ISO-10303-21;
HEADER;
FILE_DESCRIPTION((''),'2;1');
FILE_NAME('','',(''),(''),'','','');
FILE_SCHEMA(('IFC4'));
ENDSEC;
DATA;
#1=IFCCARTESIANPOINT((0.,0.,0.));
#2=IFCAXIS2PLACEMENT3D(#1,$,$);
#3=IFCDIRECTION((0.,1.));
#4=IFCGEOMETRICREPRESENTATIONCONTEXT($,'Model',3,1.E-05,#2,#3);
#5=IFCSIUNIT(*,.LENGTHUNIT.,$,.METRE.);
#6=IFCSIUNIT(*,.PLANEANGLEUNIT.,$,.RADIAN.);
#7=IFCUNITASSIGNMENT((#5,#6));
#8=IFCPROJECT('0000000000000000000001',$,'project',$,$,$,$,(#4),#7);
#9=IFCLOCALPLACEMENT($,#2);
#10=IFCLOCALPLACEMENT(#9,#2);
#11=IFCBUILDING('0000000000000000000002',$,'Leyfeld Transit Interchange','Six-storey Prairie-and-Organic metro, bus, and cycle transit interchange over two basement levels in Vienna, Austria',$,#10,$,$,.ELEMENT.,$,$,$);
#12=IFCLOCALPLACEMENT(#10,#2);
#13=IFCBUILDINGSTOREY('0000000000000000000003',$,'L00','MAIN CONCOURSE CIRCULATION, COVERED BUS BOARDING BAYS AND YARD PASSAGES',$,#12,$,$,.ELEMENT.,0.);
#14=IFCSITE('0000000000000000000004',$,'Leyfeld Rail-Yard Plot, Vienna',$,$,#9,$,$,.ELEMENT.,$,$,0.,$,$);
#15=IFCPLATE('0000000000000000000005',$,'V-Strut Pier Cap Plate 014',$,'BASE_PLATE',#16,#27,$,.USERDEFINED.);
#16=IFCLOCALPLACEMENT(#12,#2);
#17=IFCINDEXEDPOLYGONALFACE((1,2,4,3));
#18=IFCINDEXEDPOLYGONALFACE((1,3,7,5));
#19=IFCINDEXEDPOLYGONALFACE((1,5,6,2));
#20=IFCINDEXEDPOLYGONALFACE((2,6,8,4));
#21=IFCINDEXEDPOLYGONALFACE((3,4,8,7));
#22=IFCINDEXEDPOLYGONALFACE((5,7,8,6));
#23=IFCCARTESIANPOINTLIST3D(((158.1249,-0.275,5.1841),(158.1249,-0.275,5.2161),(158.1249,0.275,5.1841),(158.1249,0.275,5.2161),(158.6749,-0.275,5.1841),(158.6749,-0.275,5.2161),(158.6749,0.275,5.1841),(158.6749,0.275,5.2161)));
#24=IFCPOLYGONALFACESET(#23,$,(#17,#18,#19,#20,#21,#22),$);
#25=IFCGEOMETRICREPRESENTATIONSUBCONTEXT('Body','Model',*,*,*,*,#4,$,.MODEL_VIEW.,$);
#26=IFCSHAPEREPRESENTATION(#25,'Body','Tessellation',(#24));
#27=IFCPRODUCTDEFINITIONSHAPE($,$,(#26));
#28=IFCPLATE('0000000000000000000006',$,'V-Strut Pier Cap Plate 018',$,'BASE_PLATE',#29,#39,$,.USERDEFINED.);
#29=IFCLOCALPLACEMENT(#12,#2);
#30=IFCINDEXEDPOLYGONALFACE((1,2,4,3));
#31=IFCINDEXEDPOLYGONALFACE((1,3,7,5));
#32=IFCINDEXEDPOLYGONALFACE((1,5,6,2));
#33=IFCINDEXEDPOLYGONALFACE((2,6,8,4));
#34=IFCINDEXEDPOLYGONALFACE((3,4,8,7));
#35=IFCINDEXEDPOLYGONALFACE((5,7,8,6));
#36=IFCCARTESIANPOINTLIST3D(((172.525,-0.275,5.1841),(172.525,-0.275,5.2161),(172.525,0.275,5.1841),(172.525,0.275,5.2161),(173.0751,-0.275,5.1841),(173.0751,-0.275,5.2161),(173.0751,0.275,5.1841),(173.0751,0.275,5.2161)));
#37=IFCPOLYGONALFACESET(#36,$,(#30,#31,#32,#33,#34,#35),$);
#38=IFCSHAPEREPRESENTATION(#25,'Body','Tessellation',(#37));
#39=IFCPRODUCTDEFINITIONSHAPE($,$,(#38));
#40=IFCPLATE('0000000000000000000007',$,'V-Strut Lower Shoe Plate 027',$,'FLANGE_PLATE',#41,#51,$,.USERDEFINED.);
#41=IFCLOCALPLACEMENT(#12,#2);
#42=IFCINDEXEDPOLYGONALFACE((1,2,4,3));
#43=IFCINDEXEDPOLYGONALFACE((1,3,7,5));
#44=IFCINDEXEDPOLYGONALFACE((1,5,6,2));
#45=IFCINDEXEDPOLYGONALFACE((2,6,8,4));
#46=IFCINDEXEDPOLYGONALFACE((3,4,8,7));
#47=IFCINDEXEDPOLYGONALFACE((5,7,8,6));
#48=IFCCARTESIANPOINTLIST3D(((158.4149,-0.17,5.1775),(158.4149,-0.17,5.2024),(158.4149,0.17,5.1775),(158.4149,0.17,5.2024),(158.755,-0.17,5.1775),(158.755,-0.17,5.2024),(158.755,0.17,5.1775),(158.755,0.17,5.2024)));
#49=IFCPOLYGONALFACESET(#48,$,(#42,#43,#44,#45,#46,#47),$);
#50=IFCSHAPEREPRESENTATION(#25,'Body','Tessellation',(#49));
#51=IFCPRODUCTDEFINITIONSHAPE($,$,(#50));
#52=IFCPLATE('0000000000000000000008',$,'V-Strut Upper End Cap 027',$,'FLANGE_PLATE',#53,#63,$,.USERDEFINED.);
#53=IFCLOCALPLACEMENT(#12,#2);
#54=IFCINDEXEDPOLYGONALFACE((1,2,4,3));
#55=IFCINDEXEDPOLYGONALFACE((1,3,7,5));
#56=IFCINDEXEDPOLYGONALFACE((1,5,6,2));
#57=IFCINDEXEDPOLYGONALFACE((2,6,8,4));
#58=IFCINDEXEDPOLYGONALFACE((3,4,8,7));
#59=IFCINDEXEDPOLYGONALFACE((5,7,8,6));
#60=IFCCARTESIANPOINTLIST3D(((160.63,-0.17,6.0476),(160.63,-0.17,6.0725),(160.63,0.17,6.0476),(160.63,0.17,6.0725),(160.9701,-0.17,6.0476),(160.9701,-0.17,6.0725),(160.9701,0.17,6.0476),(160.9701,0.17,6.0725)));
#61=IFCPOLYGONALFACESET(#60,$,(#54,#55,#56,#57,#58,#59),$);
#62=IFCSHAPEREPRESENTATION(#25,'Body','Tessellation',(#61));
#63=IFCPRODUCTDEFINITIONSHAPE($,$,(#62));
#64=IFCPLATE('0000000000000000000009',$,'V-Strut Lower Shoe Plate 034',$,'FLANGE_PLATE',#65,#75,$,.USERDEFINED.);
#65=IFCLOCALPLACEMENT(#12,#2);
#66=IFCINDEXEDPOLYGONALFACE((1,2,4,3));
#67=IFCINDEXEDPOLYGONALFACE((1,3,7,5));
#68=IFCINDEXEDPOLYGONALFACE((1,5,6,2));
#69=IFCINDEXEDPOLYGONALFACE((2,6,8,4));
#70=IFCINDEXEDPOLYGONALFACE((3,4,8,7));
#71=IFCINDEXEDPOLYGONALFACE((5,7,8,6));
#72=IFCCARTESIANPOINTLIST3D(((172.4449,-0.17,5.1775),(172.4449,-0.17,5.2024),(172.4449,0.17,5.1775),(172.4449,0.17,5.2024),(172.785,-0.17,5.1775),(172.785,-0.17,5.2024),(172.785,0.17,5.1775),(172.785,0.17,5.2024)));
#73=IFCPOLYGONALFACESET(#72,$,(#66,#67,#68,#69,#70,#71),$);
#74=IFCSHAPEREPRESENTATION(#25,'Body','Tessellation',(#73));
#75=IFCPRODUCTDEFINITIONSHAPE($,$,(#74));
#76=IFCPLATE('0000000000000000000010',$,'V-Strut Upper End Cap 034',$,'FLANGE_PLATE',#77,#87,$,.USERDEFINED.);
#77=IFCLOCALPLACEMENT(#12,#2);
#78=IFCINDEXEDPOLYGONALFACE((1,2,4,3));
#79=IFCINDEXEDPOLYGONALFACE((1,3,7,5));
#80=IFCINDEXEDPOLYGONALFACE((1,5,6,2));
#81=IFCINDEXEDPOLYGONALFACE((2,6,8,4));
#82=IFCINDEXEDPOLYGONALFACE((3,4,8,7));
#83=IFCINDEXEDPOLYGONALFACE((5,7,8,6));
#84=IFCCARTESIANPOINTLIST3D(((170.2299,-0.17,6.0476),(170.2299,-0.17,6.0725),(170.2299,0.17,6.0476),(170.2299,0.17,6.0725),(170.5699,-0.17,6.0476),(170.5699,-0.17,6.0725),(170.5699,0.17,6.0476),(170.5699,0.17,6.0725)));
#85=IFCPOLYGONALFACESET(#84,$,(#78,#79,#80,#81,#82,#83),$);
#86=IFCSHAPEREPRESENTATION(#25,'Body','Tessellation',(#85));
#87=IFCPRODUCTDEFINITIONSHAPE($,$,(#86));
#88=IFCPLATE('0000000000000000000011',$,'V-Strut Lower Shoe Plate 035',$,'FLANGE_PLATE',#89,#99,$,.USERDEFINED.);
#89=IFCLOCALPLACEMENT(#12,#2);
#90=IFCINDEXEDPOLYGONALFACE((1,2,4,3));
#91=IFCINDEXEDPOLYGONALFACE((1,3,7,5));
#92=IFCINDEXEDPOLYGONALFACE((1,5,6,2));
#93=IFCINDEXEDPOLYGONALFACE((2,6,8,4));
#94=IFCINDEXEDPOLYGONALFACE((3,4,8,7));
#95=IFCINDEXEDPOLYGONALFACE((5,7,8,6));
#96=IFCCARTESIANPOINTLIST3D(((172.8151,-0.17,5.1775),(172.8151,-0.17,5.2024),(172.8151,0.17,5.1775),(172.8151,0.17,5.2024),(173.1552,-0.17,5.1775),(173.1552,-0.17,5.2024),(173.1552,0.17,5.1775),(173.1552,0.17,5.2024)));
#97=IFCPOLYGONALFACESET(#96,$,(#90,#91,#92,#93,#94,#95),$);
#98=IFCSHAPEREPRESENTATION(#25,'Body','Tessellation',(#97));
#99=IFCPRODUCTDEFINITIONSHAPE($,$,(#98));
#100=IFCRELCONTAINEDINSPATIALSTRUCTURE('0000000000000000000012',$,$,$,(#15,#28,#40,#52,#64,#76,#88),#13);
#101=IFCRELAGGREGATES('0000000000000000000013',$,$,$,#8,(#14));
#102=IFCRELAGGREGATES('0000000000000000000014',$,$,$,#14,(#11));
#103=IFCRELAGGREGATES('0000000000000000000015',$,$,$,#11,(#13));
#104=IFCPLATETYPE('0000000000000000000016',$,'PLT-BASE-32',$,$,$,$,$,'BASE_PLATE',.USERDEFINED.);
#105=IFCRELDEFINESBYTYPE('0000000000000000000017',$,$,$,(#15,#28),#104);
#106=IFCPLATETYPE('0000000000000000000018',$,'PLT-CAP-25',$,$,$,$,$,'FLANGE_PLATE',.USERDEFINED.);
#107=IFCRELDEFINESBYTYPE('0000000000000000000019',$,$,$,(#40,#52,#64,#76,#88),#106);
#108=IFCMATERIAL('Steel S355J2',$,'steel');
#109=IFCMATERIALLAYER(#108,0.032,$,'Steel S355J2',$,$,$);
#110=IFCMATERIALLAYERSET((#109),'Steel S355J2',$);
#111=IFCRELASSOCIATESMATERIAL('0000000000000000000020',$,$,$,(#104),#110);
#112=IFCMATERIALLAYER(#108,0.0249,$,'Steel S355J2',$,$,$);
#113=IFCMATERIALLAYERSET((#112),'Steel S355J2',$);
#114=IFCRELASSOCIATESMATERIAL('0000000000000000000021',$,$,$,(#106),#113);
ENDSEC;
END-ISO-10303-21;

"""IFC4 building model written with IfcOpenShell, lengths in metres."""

from ifc_helpers import new_model, si_unit, direction, frame, origin, origin_2d, place, context, subcontext, project, spatial, rectangle, extrude, material, layer, layer_set, type_object, element, save


model = new_model("IFC4")

# Units and contexts
model_context = context("Model", 3, precision=1e-05, world=origin(), true_north=direction((0.0, 1.0)))
body_context = subcontext(model_context, "Body", "Model", "MODEL_VIEW")
ifc_project = project(units=[si_unit("LENGTHUNIT", "METRE"), si_unit("PLANEANGLEUNIT", "RADIAN")], contexts=[model_context])

# Site, building, storey
site_placement = place(None, origin())
site = spatial("IfcSite", under=ifc_project, at=site_placement, Name="Leyfeld Rail-Yard Plot, Vienna", CompositionType="ELEMENT", RefElevation=0.0)
building_placement = place(site_placement, origin())
building = spatial("IfcBuilding", under=site, at=building_placement, Name="Leyfeld Transit Interchange", Description="Six-storey Prairie-and-Organic metro, bus, and cycle transit interchange over two basement levels in Vienna, Austria", CompositionType="ELEMENT")
storey_placement = place(building_placement, origin())
storey = spatial("IfcBuildingStorey", under=building, at=storey_placement, Name="L00", Description="MAIN CONCOURSE CIRCULATION, COVERED BUS BOARDING BAYS AND YARD PASSAGES", CompositionType="ELEMENT", Elevation=0.0)

# Shared definitions
ifc_material_1 = material(Name="Steel S355J2", Category="steel")

# Plates
ifc_layer_1 = layer(ifc_material_1, 0.032, Name="Steel S355J2")
ifc_layer_set_1 = layer_set([ifc_layer_1], Name="Steel S355J2")
plate_type_1 = type_object("IfcPlateType", Name="PLT-BASE-32", ElementType="BASE_PLATE", PredefinedType="USERDEFINED", material=ifc_layer_set_1)
for number, where, z_axis, x_axis, name in (
    (1, (158.3999, 0.0, 5.1841), (0.0, 0.0, 1.0), (1.0, 0.0, 0.0), "V-Strut Pier Cap Plate 014"),
    (2, (172.8, 0.0, 5.1841), (0.0, 0.0, 1.0), (1.0, 0.0, 0.0), "V-Strut Pier Cap Plate 018"),
):
    element("IfcPlate", number, at=place(storey_placement, frame(where, z_axis=z_axis, x_axis=x_axis)), inside=storey, type_object=plate_type_1, Name=name, ObjectType="BASE_PLATE", PredefinedType="USERDEFINED", context=body_context, shape_type="SweptSolid", body=[
        extrude(rectangle(XDim=0.55, YDim=0.55, at=origin_2d()), origin(), (0.0, 0.0, 1.0), 0.032),
    ])
ifc_layer_2 = layer(ifc_material_1, 0.0249, Name="Steel S355J2")
ifc_layer_set_2 = layer_set([ifc_layer_2], Name="Steel S355J2")
plate_type_2 = type_object("IfcPlateType", Name="PLT-CAP-25", ElementType="FLANGE_PLATE", PredefinedType="USERDEFINED", material=ifc_layer_set_2)
for number, where, z_axis, x_axis, name in (
    (3, (158.585, 0.0, 5.1775), (0.0, 0.0, 1.0), (1.0, 0.0, 0.0), "V-Strut Lower Shoe Plate 027"),
    (4, (160.8, 0.0, 6.0476), (0.0, 0.0, 1.0), (1.0, 0.0, 0.0), "V-Strut Upper End Cap 027"),
    (5, (172.615, 0.0, 5.1775), (0.0, 0.0, 1.0), (1.0, 0.0, 0.0), "V-Strut Lower Shoe Plate 034"),
    (6, (170.3999, 0.0, 6.0476), (0.0, 0.0, 1.0), (1.0, 0.0, 0.0), "V-Strut Upper End Cap 034"),
    (7, (172.9851, 0.0, 5.1775), (0.0, 0.0, 1.0), (1.0, 0.0, 0.0), "V-Strut Lower Shoe Plate 035"),
):
    element("IfcPlate", number, at=place(storey_placement, frame(where, z_axis=z_axis, x_axis=x_axis)), inside=storey, type_object=plate_type_2, Name=name, ObjectType="FLANGE_PLATE", PredefinedType="USERDEFINED", context=body_context, shape_type="SweptSolid", body=[
        extrude(rectangle(XDim=0.3401, YDim=0.3401, at=origin_2d()), origin(), (0.0, 0.0, 1.0), 0.0249),
    ])

save(model, "model.ifc")
